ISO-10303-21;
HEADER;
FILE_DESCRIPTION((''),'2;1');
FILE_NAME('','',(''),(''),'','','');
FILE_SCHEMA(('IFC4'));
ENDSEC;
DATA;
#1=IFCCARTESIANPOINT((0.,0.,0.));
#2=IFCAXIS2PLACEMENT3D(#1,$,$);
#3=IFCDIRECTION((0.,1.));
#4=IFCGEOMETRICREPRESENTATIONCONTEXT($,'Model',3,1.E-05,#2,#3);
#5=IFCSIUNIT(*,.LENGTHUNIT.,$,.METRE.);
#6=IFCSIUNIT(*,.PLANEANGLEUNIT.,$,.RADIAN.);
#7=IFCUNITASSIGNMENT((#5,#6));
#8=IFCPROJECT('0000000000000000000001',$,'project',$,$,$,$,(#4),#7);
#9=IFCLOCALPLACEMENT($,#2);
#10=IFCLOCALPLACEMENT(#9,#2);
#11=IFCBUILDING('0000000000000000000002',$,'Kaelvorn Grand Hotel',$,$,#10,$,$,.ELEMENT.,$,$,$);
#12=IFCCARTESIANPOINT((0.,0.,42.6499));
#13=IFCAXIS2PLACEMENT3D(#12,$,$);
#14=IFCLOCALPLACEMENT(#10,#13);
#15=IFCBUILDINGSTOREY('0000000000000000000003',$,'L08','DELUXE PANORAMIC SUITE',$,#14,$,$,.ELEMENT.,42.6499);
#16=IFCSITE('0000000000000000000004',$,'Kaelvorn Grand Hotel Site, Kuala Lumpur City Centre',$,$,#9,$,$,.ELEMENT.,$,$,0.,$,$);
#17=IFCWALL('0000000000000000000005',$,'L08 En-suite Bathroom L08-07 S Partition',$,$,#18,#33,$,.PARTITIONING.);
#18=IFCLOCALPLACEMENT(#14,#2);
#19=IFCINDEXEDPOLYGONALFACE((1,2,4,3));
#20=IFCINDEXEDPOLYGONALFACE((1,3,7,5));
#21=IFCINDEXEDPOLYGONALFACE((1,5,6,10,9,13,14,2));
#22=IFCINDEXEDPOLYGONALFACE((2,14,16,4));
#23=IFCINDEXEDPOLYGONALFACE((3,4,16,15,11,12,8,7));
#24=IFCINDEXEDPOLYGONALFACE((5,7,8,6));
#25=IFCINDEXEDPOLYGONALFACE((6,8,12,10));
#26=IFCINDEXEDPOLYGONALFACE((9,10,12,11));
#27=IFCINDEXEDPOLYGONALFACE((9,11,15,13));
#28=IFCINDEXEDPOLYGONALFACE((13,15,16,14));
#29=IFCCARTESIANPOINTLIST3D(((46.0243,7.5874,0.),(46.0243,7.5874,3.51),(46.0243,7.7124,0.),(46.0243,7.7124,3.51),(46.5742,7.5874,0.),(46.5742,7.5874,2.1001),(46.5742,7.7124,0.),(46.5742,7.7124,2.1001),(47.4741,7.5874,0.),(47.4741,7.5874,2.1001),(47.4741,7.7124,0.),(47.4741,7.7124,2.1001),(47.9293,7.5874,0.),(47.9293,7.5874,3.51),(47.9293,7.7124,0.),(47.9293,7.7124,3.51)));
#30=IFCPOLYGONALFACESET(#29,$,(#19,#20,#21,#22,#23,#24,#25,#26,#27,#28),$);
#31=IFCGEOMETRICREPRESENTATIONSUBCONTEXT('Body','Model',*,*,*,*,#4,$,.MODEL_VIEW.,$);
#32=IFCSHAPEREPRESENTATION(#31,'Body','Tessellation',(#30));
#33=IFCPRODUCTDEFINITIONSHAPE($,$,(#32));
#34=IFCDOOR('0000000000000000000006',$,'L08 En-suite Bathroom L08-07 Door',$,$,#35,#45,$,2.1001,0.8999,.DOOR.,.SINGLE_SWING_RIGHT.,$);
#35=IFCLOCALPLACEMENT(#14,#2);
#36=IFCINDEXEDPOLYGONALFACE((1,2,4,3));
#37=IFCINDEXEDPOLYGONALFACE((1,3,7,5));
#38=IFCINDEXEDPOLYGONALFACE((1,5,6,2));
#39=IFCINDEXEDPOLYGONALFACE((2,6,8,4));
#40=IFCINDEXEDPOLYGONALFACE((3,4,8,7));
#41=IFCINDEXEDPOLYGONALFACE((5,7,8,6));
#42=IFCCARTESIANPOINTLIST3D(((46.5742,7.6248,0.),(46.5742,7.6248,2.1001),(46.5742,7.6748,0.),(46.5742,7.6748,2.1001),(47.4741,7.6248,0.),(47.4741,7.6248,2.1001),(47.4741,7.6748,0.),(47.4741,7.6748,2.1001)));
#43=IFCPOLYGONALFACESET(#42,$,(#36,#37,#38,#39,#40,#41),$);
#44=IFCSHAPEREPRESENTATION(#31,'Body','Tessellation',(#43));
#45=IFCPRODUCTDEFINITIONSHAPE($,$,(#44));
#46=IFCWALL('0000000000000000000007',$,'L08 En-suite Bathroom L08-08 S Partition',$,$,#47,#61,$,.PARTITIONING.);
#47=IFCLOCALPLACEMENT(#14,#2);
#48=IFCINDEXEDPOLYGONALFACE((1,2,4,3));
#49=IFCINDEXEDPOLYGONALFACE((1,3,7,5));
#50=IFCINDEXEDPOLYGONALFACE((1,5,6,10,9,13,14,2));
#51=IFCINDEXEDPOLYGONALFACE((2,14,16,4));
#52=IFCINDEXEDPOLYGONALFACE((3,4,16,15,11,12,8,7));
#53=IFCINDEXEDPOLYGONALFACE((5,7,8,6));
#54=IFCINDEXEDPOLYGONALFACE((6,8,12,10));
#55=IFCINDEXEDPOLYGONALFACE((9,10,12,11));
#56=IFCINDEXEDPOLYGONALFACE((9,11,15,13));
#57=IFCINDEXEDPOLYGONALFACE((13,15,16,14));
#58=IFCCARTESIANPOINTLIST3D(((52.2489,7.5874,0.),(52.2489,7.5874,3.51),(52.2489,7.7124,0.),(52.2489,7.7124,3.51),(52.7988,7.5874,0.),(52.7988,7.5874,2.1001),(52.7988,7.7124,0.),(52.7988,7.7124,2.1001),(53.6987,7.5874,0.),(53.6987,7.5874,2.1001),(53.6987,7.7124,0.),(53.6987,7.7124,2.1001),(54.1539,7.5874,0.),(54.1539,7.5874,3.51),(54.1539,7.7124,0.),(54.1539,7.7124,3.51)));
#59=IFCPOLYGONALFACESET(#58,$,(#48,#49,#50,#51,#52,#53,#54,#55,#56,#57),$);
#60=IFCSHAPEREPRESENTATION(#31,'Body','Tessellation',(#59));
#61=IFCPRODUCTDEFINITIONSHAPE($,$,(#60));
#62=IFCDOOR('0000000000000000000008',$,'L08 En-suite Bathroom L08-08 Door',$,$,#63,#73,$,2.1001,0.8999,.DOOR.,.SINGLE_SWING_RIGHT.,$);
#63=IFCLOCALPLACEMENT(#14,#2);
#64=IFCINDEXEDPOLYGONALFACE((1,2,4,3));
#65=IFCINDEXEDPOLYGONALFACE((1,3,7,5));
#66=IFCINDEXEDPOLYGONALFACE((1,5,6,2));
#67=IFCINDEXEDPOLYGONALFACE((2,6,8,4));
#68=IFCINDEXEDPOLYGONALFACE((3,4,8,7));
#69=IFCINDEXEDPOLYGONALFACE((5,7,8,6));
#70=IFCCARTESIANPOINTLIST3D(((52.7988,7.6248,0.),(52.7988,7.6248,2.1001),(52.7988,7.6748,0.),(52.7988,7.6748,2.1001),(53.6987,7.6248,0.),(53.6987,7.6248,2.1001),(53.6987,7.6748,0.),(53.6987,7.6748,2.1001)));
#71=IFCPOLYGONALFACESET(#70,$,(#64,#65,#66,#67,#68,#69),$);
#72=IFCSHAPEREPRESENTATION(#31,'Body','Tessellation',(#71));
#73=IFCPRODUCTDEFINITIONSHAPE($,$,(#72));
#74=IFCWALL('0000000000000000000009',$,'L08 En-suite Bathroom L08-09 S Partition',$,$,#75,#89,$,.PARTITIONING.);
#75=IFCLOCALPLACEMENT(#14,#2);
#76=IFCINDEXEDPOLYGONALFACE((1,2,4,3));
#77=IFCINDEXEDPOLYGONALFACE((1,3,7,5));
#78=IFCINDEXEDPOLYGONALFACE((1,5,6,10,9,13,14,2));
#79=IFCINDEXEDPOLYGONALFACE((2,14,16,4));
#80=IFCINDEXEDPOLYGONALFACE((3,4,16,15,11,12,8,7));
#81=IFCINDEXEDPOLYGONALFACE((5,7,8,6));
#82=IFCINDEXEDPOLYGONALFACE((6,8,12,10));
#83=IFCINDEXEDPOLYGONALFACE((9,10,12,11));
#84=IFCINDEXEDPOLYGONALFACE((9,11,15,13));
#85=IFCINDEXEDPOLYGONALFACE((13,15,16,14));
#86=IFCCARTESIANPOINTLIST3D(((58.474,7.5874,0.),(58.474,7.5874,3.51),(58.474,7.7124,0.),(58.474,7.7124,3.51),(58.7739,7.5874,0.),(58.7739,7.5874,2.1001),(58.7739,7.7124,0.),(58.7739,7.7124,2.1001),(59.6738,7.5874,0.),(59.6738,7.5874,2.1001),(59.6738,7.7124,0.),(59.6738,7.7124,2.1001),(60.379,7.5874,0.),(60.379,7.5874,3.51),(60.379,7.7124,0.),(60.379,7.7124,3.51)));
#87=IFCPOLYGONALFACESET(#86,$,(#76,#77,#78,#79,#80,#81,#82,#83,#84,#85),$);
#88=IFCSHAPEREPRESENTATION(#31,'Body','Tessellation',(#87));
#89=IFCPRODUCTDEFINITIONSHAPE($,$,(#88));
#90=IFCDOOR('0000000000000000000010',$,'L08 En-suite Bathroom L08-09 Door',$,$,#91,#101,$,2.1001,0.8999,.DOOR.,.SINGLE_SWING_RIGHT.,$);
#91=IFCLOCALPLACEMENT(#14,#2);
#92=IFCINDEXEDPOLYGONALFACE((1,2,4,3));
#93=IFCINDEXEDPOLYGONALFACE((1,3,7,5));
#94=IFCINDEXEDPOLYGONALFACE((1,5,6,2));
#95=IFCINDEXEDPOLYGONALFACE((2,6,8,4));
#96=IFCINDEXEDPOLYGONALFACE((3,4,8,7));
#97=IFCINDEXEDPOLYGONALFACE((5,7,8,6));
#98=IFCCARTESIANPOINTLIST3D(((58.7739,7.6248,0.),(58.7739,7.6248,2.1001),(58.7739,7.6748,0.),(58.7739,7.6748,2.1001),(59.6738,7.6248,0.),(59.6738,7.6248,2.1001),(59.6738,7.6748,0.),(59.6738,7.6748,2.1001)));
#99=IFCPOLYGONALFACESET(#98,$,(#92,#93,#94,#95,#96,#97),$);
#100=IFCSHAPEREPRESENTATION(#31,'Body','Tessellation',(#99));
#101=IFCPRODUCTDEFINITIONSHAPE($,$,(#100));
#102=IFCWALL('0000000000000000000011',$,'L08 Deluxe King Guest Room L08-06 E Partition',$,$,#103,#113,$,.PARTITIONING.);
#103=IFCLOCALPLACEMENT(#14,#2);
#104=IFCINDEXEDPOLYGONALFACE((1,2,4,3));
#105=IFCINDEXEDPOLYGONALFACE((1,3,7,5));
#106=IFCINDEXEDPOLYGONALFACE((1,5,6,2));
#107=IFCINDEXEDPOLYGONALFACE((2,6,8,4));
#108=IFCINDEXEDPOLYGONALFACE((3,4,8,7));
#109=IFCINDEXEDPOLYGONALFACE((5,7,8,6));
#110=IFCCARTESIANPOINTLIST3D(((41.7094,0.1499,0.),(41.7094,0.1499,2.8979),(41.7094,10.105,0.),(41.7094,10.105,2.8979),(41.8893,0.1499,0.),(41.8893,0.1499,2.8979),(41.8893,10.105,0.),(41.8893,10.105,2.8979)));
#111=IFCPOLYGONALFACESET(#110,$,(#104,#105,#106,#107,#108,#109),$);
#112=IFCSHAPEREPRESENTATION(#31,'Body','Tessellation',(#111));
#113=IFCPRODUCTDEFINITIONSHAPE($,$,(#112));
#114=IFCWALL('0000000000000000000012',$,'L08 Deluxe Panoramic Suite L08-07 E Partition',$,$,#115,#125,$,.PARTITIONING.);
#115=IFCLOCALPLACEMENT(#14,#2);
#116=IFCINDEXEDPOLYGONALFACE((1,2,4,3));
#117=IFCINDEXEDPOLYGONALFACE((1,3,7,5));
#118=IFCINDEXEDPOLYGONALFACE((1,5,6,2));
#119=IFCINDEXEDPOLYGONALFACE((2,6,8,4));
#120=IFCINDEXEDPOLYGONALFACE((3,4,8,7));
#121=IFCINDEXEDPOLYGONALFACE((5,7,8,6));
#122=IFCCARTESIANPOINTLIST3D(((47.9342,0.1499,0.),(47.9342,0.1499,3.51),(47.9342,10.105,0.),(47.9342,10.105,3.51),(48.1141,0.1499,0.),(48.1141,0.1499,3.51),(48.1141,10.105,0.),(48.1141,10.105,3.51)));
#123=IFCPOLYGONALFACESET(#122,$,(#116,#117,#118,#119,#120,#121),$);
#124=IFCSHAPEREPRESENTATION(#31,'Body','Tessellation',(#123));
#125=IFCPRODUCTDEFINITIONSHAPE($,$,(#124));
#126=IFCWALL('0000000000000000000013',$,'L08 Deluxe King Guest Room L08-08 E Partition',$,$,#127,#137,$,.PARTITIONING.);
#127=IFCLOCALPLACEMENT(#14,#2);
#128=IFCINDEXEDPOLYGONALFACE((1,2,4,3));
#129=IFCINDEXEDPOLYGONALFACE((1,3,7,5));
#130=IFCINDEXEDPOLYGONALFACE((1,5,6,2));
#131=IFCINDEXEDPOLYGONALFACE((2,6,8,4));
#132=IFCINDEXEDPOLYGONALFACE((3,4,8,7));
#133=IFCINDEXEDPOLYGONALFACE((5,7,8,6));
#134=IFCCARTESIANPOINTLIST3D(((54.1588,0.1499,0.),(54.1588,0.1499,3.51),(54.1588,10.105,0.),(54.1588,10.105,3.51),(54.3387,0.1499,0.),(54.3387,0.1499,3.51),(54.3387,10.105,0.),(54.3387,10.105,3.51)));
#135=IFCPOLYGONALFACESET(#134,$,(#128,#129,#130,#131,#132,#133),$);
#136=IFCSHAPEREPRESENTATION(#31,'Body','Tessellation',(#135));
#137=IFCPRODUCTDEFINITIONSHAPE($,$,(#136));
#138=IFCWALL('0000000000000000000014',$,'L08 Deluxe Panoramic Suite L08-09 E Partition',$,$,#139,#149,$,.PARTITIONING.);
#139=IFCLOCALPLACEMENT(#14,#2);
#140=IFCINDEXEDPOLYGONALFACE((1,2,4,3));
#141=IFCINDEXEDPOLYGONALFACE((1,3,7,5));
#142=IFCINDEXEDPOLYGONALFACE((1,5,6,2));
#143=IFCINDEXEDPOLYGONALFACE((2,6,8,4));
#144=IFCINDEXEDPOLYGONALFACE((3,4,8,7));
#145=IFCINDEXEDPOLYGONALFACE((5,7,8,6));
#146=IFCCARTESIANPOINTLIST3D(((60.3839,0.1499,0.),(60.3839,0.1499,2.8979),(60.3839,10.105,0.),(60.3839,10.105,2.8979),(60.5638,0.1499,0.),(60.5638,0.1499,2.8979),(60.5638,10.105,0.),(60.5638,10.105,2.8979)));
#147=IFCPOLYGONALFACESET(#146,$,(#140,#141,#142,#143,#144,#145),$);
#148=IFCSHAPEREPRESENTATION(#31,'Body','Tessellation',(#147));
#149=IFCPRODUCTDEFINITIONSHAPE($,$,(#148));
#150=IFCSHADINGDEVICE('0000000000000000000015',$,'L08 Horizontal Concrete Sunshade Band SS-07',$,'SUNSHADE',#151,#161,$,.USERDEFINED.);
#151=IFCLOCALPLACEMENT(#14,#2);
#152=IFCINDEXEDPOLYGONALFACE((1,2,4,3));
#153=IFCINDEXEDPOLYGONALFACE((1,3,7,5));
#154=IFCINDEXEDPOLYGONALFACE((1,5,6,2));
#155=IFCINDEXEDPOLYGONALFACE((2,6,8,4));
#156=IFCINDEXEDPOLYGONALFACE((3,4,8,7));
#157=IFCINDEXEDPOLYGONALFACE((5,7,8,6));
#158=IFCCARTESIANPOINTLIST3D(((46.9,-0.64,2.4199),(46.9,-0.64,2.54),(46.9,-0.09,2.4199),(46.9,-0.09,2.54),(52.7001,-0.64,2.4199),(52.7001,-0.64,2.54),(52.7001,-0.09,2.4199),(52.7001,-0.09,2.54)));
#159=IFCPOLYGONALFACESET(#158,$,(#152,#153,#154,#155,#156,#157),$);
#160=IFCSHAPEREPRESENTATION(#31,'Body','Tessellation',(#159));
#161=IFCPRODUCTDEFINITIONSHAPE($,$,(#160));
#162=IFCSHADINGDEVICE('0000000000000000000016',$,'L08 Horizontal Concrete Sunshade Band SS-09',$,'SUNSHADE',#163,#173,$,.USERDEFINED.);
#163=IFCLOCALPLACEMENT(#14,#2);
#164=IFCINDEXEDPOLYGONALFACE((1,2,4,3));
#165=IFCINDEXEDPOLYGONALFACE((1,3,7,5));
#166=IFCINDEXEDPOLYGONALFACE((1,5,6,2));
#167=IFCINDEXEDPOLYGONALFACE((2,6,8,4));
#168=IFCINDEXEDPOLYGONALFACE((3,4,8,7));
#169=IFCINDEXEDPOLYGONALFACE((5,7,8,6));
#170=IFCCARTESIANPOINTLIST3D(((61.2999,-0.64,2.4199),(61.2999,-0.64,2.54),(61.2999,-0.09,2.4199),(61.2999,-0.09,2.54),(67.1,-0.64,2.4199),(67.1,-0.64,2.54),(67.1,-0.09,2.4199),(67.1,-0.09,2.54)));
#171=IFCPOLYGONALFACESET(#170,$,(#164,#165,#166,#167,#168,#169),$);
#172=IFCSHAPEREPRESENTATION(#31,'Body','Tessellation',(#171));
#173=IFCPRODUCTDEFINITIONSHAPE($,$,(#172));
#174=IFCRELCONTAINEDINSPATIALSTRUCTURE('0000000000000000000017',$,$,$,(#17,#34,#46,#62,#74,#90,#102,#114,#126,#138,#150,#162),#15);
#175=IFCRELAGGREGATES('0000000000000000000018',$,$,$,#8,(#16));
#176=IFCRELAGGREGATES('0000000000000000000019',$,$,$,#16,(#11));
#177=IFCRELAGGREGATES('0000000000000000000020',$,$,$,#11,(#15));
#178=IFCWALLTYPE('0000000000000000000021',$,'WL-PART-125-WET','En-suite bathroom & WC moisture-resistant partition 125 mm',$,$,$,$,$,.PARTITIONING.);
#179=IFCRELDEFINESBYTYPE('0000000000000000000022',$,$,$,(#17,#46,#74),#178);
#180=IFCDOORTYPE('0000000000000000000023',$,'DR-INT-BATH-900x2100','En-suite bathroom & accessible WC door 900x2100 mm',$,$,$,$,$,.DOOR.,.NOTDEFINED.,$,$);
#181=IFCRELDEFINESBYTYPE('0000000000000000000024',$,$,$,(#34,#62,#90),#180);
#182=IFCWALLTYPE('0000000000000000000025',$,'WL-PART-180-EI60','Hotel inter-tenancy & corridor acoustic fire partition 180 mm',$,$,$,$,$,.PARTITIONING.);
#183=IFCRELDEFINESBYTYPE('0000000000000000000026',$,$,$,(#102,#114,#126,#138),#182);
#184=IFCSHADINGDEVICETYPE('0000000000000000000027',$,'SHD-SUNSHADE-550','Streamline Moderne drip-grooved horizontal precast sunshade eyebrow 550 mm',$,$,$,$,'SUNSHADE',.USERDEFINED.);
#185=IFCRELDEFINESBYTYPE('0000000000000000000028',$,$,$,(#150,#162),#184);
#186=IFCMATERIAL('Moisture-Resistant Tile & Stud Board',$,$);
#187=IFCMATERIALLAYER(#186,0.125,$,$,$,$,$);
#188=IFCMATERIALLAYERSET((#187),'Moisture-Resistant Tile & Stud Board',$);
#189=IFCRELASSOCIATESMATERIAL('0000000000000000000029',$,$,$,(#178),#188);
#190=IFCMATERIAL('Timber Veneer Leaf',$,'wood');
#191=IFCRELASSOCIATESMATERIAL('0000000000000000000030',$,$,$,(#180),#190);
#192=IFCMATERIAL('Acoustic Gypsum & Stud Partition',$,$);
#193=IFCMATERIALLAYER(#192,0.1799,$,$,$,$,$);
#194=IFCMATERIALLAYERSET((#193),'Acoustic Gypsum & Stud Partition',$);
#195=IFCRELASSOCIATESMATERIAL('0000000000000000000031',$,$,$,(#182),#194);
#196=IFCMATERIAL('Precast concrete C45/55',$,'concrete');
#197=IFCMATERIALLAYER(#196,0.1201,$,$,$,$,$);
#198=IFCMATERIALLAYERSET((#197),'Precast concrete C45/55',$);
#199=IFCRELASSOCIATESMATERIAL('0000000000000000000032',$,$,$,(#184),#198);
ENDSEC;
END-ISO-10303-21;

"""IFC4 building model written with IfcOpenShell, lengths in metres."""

from ifc_helpers import new_model, si_unit, direction, frame, frame_2d, origin, origin_2d, place, context, subcontext, project, spatial, rectangle, extrude, material, layer, layer_set, type_object, element, fill, save


model = new_model("IFC4")

# Units and contexts
model_context = context("Model", 3, precision=1e-05, world=origin(), true_north=direction((0.0, 1.0)))
body_context = subcontext(model_context, "Body", "Model", "MODEL_VIEW")
ifc_project = project(units=[si_unit("LENGTHUNIT", "METRE"), si_unit("PLANEANGLEUNIT", "RADIAN")], contexts=[model_context])

# Site, building, storey
site_placement = place(None, origin())
site = spatial("IfcSite", under=ifc_project, at=site_placement, Name="Kaelvorn Grand Hotel Site, Kuala Lumpur City Centre", CompositionType="ELEMENT", RefElevation=0.0)
building_placement = place(site_placement, origin())
building = spatial("IfcBuilding", under=site, at=building_placement, Name="Kaelvorn Grand Hotel", CompositionType="ELEMENT")
storey_placement = place(building_placement, frame((0.0, 0.0, 42.6499)))
storey = spatial("IfcBuildingStorey", under=building, at=storey_placement, Name="L08", Description="DELUXE PANORAMIC SUITE", CompositionType="ELEMENT", Elevation=42.6499)

# Walls, openings, doors
ifc_material_1 = material(Name="Moisture-Resistant Tile & Stud Board")
ifc_layer_1 = layer(ifc_material_1, 0.125)
ifc_layer_set_1 = layer_set([ifc_layer_1], Name="Moisture-Resistant Tile & Stud Board")
wall_type_1 = type_object("IfcWallType", Name="WL-PART-125-WET", Description="En-suite bathroom & WC moisture-resistant partition 125 mm", PredefinedType="PARTITIONING", material=ifc_layer_set_1)
wall_1_placement = place(storey_placement, frame((46.0242, 7.6499, 0.0), z_axis=(0.0, 0.0, 1.0), x_axis=(1.0, 0.0, 0.0)))
wall_1 = element("IfcWall", 1, at=wall_1_placement, inside=storey, type_object=wall_type_1, Name="L08 En-suite Bathroom L08-07 S Partition", PredefinedType="PARTITIONING", context=body_context, shape_type="SweptSolid", body=[
    extrude(rectangle(XDim=1.905, YDim=0.125, at=frame_2d((0.9526, 0.0))), origin(), (0.0, 0.0, 1.0), 3.51),
])
opening_1_placement = place(wall_1_placement, frame((0.55, 0.0, 0.0)))
opening_1 = element("IfcOpeningElement", 2, at=opening_1_placement, cuts=wall_1, PredefinedType="OPENING", context=body_context, shape_type="SweptSolid", body=[
    extrude(rectangle(XDim=0.8999, YDim=2.1001, at=frame_2d((0.45, 1.05))), frame((0.0, 0.0725, 0.0), z_axis=(0.0, -1.0, 0.0), x_axis=(1.0, 0.0, 0.0)), (0.0, 0.0, 1.0), 0.145),
])
ifc_material_2 = material(Name="Timber Veneer Leaf", Category="wood")
door_type = type_object("IfcDoorType", Name="DR-INT-BATH-900x2100", Description="En-suite bathroom & accessible WC door 900x2100 mm", OperationType="NOTDEFINED", PredefinedType="DOOR", material=ifc_material_2)
door_1_placement = place(opening_1_placement, origin())
door_1 = element("IfcDoor", 3, at=door_1_placement, inside=storey, type_object=door_type, Name="L08 En-suite Bathroom L08-07 Door", OperationType="SINGLE_SWING_RIGHT", OverallHeight=2.1001, OverallWidth=0.8999, PredefinedType="DOOR", context=body_context, shape_type="SweptSolid", body=[
    extrude(rectangle(XDim=0.8999, YDim=2.1001, at=frame_2d((0.45, 1.05))), frame((0.0, 0.0249, 0.0), z_axis=(0.0, -1.0, 0.0), x_axis=(1.0, 0.0, 0.0)), (0.0, 0.0, 1.0), 0.05),
])
fill(opening_1, door_1)
wall_2_placement = place(storey_placement, frame((52.2488, 7.6499, 0.0), z_axis=(0.0, 0.0, 1.0), x_axis=(1.0, 0.0, 0.0)))
wall_2 = element("IfcWall", 4, at=wall_2_placement, inside=storey, type_object=wall_type_1, Name="L08 En-suite Bathroom L08-08 S Partition", PredefinedType="PARTITIONING", context=body_context, shape_type="SweptSolid", body=[
    extrude(rectangle(XDim=1.905, YDim=0.125, at=frame_2d((0.9526, 0.0))), origin(), (0.0, 0.0, 1.0), 3.51),
])
opening_2_placement = place(wall_2_placement, frame((0.55, 0.0, 0.0)))
opening_2 = element("IfcOpeningElement", 5, at=opening_2_placement, cuts=wall_2, PredefinedType="OPENING", context=body_context, shape_type="SweptSolid", body=[
    extrude(rectangle(XDim=0.8999, YDim=2.1001, at=frame_2d((0.45, 1.05))), frame((0.0, 0.0725, 0.0), z_axis=(0.0, -1.0, 0.0), x_axis=(1.0, 0.0, 0.0)), (0.0, 0.0, 1.0), 0.145),
])
door_2_placement = place(opening_2_placement, origin())
door_2 = element("IfcDoor", 6, at=door_2_placement, inside=storey, type_object=door_type, Name="L08 En-suite Bathroom L08-08 Door", OperationType="SINGLE_SWING_RIGHT", OverallHeight=2.1001, OverallWidth=0.8999, PredefinedType="DOOR", context=body_context, shape_type="SweptSolid", body=[
    extrude(rectangle(XDim=0.8999, YDim=2.1001, at=frame_2d((0.45, 1.05))), frame((0.0, 0.0249, 0.0), z_axis=(0.0, -1.0, 0.0), x_axis=(1.0, 0.0, 0.0)), (0.0, 0.0, 1.0), 0.05),
])
fill(opening_2, door_2)
wall_3_placement = place(storey_placement, frame((58.4739, 7.6499, 0.0), z_axis=(0.0, 0.0, 1.0), x_axis=(1.0, 0.0, 0.0)))
wall_3 = element("IfcWall", 7, at=wall_3_placement, inside=storey, type_object=wall_type_1, Name="L08 En-suite Bathroom L08-09 S Partition", PredefinedType="PARTITIONING", context=body_context, shape_type="SweptSolid", body=[
    extrude(rectangle(XDim=1.905, YDim=0.125, at=frame_2d((0.9526, 0.0))), origin(), (0.0, 0.0, 1.0), 3.51),
])
opening_3_placement = place(wall_3_placement, frame((0.3, 0.0, 0.0)))
opening_3 = element("IfcOpeningElement", 8, at=opening_3_placement, cuts=wall_3, PredefinedType="OPENING", context=body_context, shape_type="SweptSolid", body=[
    extrude(rectangle(XDim=0.8999, YDim=2.1001, at=frame_2d((0.45, 1.05))), frame((0.0, 0.0725, 0.0), z_axis=(0.0, -1.0, 0.0), x_axis=(1.0, 0.0, 0.0)), (0.0, 0.0, 1.0), 0.145),
])
door_3_placement = place(opening_3_placement, origin())
door_3 = element("IfcDoor", 9, at=door_3_placement, inside=storey, type_object=door_type, Name="L08 En-suite Bathroom L08-09 Door", OperationType="SINGLE_SWING_RIGHT", OverallHeight=2.1001, OverallWidth=0.8999, PredefinedType="DOOR", context=body_context, shape_type="SweptSolid", body=[
    extrude(rectangle(XDim=0.8999, YDim=2.1001, at=frame_2d((0.45, 1.05))), frame((0.0, 0.0249, 0.0), z_axis=(0.0, -1.0, 0.0), x_axis=(1.0, 0.0, 0.0)), (0.0, 0.0, 1.0), 0.05),
])
fill(opening_3, door_3)

# Walls
ifc_material_3 = material(Name="Acoustic Gypsum & Stud Partition")
ifc_layer_2 = layer(ifc_material_3, 0.1799)
ifc_layer_set_2 = layer_set([ifc_layer_2], Name="Acoustic Gypsum & Stud Partition")
wall_type_2 = type_object("IfcWallType", Name="WL-PART-180-EI60", Description="Hotel inter-tenancy & corridor acoustic fire partition 180 mm", PredefinedType="PARTITIONING", material=ifc_layer_set_2)
wall_4_placement = place(storey_placement, frame((41.7993, 0.1499, 0.0), z_axis=(0.0, 0.0, 1.0), x_axis=(0.0, 1.0, 0.0)))
element("IfcWall", 10, at=wall_4_placement, inside=storey, type_object=wall_type_2, Name="L08 Deluxe King Guest Room L08-06 E Partition", PredefinedType="PARTITIONING", context=body_context, shape_type="SweptSolid", body=[
    extrude(rectangle(XDim=9.9551, YDim=0.1799, at=frame_2d((4.9775, 0.0))), origin(), (0.0, 0.0, 1.0), 2.8979),
])
for number, where, z_axis, x_axis, name in (
    (11, (48.0242, 0.1499, 0.0), (0.0, 0.0, 1.0), (0.0, 1.0, 0.0), "L08 Deluxe Panoramic Suite L08-07 E Partition"),
    (12, (54.2488, 0.1499, 0.0), (0.0, 0.0, 1.0), (0.0, 1.0, 0.0), "L08 Deluxe King Guest Room L08-08 E Partition"),
):
    element("IfcWall", number, at=place(storey_placement, frame(where, z_axis=z_axis, x_axis=x_axis)), inside=storey, type_object=wall_type_2, Name=name, PredefinedType="PARTITIONING", context=body_context, shape_type="SweptSolid", body=[
        extrude(rectangle(XDim=9.9551, YDim=0.1799, at=frame_2d((4.9775, 0.0))), origin(), (0.0, 0.0, 1.0), 3.51),
    ])
wall_5_placement = place(storey_placement, frame((60.4739, 0.1499, 0.0), z_axis=(0.0, 0.0, 1.0), x_axis=(0.0, 1.0, 0.0)))
element("IfcWall", 13, at=wall_5_placement, inside=storey, type_object=wall_type_2, Name="L08 Deluxe Panoramic Suite L08-09 E Partition", PredefinedType="PARTITIONING", context=body_context, shape_type="SweptSolid", body=[
    extrude(rectangle(XDim=9.9551, YDim=0.1799, at=frame_2d((4.9775, 0.0))), origin(), (0.0, 0.0, 1.0), 2.8979),
])

# Shading devices
ifc_material_4 = material(Name="Precast concrete C45/55", Category="concrete")
ifc_layer_3 = layer(ifc_material_4, 0.1201)
ifc_layer_set_3 = layer_set([ifc_layer_3], Name="Precast concrete C45/55")
shading_device_type_1 = type_object("IfcShadingDeviceType", Name="SHD-SUNSHADE-550", Description="Streamline Moderne drip-grooved horizontal precast sunshade eyebrow 550 mm", ElementType="SUNSHADE", PredefinedType="USERDEFINED", material=ifc_layer_set_3)
for number, where, z_axis, x_axis, name in (
    (14, (49.8, -0.365, 2.4199), (0.0, 0.0, 1.0), (1.0, 0.0, 0.0), "L08 Horizontal Concrete Sunshade Band SS-07"),
    (15, (64.2, -0.365, 2.4199), (0.0, 0.0, 1.0), (1.0, 0.0, 0.0), "L08 Horizontal Concrete Sunshade Band SS-09"),
):
    element("IfcShadingDevice", number, at=place(storey_placement, frame(where, z_axis=z_axis, x_axis=x_axis)), inside=storey, type_object=shading_device_type_1, Name=name, ObjectType="SUNSHADE", PredefinedType="USERDEFINED", context=body_context, shape_type="SweptSolid", body=[
        extrude(rectangle(XDim=5.8, YDim=0.55, at=origin_2d()), origin(), (0.0, 0.0, 1.0), 0.1201),
    ])

save(model, "model.ifc")
